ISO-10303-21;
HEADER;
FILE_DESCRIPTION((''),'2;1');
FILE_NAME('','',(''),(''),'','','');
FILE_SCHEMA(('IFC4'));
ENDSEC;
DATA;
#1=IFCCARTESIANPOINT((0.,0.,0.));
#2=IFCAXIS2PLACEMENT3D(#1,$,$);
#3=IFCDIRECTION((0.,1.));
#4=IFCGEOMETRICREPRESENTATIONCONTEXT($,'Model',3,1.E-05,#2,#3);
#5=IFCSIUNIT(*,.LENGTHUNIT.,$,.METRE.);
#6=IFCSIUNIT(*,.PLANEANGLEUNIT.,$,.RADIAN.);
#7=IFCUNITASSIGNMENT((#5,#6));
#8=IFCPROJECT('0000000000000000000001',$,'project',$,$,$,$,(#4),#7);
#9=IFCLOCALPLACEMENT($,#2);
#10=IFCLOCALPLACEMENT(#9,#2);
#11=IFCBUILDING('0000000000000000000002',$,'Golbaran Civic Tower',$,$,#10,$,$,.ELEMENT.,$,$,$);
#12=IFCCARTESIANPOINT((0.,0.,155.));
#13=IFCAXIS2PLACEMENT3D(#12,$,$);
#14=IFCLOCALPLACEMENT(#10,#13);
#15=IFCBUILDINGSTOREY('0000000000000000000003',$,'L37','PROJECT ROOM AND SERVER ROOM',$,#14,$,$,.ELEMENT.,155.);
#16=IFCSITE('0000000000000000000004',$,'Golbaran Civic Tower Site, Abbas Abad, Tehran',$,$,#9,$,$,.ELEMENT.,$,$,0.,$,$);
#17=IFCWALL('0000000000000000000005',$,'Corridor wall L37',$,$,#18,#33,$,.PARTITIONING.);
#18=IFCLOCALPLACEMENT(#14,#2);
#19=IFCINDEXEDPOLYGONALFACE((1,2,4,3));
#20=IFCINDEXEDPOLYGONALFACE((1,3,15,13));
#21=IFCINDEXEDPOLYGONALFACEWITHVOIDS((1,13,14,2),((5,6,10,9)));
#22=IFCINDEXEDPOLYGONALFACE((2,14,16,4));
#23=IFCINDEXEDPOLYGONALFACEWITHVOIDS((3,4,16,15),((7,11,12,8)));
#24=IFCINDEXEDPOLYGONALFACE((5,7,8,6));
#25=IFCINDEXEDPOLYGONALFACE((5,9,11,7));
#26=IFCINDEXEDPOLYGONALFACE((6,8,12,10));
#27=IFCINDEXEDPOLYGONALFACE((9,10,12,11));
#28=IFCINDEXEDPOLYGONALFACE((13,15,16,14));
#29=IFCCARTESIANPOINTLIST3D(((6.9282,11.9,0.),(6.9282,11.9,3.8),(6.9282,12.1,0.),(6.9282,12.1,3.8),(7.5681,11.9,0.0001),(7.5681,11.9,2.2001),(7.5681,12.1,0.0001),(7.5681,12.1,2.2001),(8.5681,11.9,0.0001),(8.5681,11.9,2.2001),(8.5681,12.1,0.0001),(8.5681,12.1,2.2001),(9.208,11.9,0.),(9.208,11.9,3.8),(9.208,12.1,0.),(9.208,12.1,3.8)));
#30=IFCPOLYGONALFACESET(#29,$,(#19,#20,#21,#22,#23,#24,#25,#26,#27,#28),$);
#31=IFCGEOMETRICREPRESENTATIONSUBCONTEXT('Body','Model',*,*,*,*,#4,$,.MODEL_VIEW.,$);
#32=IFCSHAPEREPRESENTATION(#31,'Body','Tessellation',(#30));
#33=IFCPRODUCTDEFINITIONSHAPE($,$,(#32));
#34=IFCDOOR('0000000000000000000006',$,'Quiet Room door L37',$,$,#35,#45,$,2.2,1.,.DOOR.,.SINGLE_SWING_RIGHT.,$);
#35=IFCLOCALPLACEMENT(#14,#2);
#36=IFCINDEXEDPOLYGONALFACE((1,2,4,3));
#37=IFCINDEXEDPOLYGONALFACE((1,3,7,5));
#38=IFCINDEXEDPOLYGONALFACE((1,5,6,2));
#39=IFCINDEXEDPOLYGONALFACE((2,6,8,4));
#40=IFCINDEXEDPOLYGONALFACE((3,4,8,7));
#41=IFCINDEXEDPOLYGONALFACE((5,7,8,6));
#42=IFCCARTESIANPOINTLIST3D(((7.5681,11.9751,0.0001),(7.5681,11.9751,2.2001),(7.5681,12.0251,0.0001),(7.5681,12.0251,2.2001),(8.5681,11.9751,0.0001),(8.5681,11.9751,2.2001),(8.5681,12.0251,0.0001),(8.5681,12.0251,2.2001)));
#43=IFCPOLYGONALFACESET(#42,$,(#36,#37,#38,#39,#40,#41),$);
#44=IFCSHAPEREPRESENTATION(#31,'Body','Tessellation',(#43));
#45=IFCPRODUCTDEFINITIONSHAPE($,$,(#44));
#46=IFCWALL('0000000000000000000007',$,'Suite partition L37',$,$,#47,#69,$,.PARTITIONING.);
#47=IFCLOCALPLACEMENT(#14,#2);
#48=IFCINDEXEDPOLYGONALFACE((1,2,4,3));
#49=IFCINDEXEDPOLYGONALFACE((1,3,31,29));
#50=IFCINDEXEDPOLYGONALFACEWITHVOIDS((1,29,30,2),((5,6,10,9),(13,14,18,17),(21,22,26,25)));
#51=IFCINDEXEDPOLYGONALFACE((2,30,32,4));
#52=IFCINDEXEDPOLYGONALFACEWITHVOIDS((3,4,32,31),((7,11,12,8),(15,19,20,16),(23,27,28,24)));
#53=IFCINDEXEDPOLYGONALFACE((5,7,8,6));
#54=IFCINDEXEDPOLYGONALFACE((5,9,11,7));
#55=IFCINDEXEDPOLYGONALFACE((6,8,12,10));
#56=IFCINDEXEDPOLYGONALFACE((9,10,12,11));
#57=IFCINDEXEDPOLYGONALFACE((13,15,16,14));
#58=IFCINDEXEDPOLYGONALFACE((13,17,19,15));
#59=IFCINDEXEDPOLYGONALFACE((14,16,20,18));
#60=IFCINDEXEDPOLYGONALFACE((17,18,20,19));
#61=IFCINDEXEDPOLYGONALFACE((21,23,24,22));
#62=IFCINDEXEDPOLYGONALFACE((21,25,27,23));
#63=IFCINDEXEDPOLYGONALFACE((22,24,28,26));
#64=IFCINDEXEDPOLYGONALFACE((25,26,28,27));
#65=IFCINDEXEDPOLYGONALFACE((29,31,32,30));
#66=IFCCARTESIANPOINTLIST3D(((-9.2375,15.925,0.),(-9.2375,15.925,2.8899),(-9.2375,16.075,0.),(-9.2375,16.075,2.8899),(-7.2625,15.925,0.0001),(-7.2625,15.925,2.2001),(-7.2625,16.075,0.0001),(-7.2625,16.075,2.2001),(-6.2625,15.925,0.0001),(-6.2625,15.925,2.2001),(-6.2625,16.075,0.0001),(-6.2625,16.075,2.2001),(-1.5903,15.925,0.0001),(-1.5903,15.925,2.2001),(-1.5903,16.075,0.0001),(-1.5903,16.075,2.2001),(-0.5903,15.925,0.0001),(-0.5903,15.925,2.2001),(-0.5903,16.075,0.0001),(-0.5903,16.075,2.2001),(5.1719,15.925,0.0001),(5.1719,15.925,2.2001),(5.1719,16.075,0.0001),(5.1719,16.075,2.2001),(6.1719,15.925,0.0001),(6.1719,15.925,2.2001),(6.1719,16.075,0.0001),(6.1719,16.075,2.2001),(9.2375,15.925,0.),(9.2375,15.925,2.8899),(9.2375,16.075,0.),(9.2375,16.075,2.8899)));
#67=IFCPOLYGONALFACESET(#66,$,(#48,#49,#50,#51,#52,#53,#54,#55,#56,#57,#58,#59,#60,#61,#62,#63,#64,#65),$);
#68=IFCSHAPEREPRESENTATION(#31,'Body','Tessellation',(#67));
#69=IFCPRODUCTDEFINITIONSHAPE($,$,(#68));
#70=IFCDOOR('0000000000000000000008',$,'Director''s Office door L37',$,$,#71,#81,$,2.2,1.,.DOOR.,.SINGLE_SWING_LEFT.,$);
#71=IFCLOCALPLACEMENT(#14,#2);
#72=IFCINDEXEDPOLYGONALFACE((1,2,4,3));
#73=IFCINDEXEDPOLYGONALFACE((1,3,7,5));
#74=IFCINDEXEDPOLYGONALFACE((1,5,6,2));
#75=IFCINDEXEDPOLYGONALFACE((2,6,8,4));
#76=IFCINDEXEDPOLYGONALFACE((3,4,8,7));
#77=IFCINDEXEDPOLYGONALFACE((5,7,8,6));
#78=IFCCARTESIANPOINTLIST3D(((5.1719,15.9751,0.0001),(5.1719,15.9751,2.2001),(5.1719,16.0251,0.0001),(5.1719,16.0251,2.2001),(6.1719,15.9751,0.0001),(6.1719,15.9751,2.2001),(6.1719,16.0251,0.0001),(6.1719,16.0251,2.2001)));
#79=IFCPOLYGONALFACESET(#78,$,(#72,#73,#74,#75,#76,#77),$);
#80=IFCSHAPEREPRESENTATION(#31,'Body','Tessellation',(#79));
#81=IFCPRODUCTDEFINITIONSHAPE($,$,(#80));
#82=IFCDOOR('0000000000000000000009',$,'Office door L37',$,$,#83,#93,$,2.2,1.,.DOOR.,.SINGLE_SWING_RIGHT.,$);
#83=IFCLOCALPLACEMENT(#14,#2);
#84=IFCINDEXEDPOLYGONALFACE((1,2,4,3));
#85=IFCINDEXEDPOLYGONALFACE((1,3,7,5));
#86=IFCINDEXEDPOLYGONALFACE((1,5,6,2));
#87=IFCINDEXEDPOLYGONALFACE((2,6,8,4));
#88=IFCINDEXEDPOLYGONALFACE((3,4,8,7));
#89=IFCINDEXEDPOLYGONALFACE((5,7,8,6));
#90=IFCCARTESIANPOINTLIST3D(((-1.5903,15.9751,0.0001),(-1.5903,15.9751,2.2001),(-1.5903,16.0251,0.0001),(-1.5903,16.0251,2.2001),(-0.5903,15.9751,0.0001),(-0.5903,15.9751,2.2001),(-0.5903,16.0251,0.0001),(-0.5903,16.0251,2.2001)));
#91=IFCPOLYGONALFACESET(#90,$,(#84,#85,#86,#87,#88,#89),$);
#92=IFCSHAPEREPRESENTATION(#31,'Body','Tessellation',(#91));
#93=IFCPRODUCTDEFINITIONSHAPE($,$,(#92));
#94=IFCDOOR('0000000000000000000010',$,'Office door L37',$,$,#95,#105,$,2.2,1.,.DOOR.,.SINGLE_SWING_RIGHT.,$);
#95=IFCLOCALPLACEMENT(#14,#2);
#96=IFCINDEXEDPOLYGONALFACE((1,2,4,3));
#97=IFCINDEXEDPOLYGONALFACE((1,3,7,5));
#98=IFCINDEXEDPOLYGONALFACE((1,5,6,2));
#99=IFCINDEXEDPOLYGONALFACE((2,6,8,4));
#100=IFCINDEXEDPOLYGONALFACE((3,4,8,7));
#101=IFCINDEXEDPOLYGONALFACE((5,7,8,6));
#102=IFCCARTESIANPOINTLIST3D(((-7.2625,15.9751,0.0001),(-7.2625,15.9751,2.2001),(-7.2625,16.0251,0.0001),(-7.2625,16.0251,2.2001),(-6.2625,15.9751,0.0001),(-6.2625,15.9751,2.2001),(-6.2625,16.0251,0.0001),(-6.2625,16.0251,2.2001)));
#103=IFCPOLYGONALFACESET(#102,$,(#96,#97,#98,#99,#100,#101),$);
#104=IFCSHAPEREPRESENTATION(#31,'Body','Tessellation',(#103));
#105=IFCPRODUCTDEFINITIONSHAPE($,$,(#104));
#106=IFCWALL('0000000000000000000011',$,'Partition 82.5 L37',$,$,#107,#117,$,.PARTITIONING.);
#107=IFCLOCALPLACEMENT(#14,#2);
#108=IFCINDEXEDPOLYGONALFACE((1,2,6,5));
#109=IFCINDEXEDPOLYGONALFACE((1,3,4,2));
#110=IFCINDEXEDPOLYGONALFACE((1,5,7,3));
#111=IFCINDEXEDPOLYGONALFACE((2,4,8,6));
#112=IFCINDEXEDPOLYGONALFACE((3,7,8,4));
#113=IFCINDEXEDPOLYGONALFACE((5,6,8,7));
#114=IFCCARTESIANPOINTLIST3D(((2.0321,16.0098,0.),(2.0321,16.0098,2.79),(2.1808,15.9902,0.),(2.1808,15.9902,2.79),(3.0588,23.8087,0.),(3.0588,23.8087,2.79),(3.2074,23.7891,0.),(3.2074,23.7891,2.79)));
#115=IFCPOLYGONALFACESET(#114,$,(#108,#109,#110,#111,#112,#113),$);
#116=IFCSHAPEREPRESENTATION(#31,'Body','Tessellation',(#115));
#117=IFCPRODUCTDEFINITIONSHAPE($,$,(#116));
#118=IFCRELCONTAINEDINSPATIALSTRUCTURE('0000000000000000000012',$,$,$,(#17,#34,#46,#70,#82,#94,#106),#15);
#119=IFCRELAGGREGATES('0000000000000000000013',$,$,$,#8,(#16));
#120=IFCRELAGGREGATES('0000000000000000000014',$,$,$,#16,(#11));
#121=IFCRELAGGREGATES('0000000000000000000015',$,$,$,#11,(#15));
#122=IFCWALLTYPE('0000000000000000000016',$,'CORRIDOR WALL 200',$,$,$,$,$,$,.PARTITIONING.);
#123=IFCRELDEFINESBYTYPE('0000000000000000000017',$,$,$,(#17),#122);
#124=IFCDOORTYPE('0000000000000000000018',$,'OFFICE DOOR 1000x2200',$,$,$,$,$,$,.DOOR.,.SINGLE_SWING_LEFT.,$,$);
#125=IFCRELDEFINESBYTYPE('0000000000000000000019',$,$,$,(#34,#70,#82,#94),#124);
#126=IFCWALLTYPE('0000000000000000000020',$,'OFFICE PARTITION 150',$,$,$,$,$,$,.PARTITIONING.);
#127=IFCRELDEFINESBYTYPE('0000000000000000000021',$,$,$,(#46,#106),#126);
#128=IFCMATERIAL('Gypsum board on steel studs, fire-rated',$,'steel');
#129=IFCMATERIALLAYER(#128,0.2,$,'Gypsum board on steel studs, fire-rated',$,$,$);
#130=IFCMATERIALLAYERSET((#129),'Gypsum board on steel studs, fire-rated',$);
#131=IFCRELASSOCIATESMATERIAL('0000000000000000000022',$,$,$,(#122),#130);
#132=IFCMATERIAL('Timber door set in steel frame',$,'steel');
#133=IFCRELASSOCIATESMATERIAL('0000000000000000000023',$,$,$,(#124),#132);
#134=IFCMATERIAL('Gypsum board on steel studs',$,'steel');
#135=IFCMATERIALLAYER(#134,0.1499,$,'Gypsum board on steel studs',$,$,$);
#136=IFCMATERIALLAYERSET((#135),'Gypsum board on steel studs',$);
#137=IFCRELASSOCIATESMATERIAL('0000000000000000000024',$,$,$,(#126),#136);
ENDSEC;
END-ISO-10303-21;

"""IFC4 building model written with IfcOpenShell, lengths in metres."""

from ifc_helpers import new_model, si_unit, direction, frame, frame_2d, origin, place, context, subcontext, project, spatial, rectangle, extrude, material, layer, layer_set, type_object, element, fill, save


model = new_model("IFC4")

# Units and contexts
model_context = context("Model", 3, precision=1e-05, world=origin(), true_north=direction((0.0, 1.0)))
body_context = subcontext(model_context, "Body", "Model", "MODEL_VIEW")
ifc_project = project(units=[si_unit("LENGTHUNIT", "METRE"), si_unit("PLANEANGLEUNIT", "RADIAN")], contexts=[model_context])

# Site, building, storey
site_placement = place(None, origin())
site = spatial("IfcSite", under=ifc_project, at=site_placement, Name="Golbaran Civic Tower Site, Abbas Abad, Tehran", CompositionType="ELEMENT", RefElevation=0.0)
building_placement = place(site_placement, origin())
building = spatial("IfcBuilding", under=site, at=building_placement, Name="Golbaran Civic Tower", CompositionType="ELEMENT")
storey_placement = place(building_placement, frame((0.0, 0.0, 155.0)))
storey = spatial("IfcBuildingStorey", under=building, at=storey_placement, Name="L37", Description="PROJECT ROOM AND SERVER ROOM", CompositionType="ELEMENT", Elevation=155.0)

# Shared definitions
ifc_material_1 = material(Name="Gypsum board on steel studs, fire-rated", Category="steel")
ifc_layer_1 = layer(ifc_material_1, 0.2, Name="Gypsum board on steel studs, fire-rated")
ifc_layer_set_1 = layer_set([ifc_layer_1], Name="Gypsum board on steel studs, fire-rated")
wall_type_1 = type_object("IfcWallType", Name="CORRIDOR WALL 200", PredefinedType="PARTITIONING", material=ifc_layer_set_1)

# Wall, opening, door
wall_1_placement = place(storey_placement, frame((9.208, 12.0, 0.0), z_axis=(0.0, 0.0, 1.0), x_axis=(-1.0, 0.0, 0.0)))
wall_1 = element("IfcWall", 1, at=wall_1_placement, inside=storey, type_object=wall_type_1, Name="Corridor wall L37", PredefinedType="PARTITIONING", context=body_context, shape_type="SweptSolid", body=[
    extrude(rectangle(XDim=2.2798, YDim=0.2, at=frame_2d((1.1399, 0.0))), origin(), (0.0, 0.0, 1.0), 3.8),
])
opening_1_placement = place(wall_1_placement, frame((0.6399, 0.0, 0.0)))
opening_1 = element("IfcOpeningElement", 2, at=opening_1_placement, cuts=wall_1, PredefinedType="OPENING", context=body_context, shape_type="SweptSolid", body=[
    extrude(rectangle(XDim=1.0, YDim=2.2, at=frame_2d((0.5, 1.1001))), frame((0.0, 0.1099, 0.0), z_axis=(0.0, -1.0, 0.0), x_axis=(1.0, 0.0, 0.0)), (0.0, 0.0, 1.0), 0.22),
])
ifc_material_2 = material(Name="Timber door set in steel frame", Category="steel")
door_type = type_object("IfcDoorType", Name="OFFICE DOOR 1000x2200", OperationType="SINGLE_SWING_LEFT", PredefinedType="DOOR", material=ifc_material_2)
door_1_placement = place(opening_1_placement, origin())
door_1 = element("IfcDoor", 3, at=door_1_placement, inside=storey, type_object=door_type, Name="Quiet Room door L37", OperationType="SINGLE_SWING_RIGHT", OverallHeight=2.2, OverallWidth=1.0, PredefinedType="DOOR", context=body_context, shape_type="SweptSolid", body=[
    extrude(rectangle(XDim=1.0, YDim=2.2, at=frame_2d((0.5, 1.1001))), frame((0.0, 0.0249, 0.0), z_axis=(0.0, -1.0, 0.0), x_axis=(1.0, 0.0, 0.0)), (0.0, 0.0, 1.0), 0.05),
])
fill(opening_1, door_1)

# Wall, openings, doors
ifc_material_3 = material(Name="Gypsum board on steel studs", Category="steel")
ifc_layer_2 = layer(ifc_material_3, 0.1499, Name="Gypsum board on steel studs")
ifc_layer_set_2 = layer_set([ifc_layer_2], Name="Gypsum board on steel studs")
wall_type_2 = type_object("IfcWallType", Name="OFFICE PARTITION 150", PredefinedType="PARTITIONING", material=ifc_layer_set_2)
wall_2_placement = place(storey_placement, frame((9.2375, 16.0, 0.0), z_axis=(0.0, 0.0, 1.0), x_axis=(-1.0, 0.0, 0.0)))
wall_2 = element("IfcWall", 4, at=wall_2_placement, inside=storey, type_object=wall_type_2, Name="Suite partition L37", PredefinedType="PARTITIONING", context=body_context, shape_type="SweptSolid", body=[
    extrude(rectangle(XDim=18.4751, YDim=0.1499, at=frame_2d((9.2375, 0.0))), origin(), (0.0, 0.0, 1.0), 2.8899),
])
opening_2_placement = place(wall_2_placement, frame((3.0657, 0.0, 0.0)))
opening_2 = element("IfcOpeningElement", 5, at=opening_2_placement, cuts=wall_2, PredefinedType="OPENING", context=body_context, shape_type="SweptSolid", body=[
    extrude(rectangle(XDim=1.0, YDim=2.2, at=frame_2d((0.5, 1.1001))), frame((0.0, 0.085, 0.0), z_axis=(0.0, -1.0, 0.0), x_axis=(1.0, 0.0, 0.0)), (0.0, 0.0, 1.0), 0.1699),
])
opening_3_placement = place(wall_2_placement, frame((9.8279, 0.0, 0.0)))
opening_3 = element("IfcOpeningElement", 6, at=opening_3_placement, cuts=wall_2, PredefinedType="OPENING", context=body_context, shape_type="SweptSolid", body=[
    extrude(rectangle(XDim=1.0, YDim=2.2, at=frame_2d((0.5, 1.1001))), frame((0.0, 0.085, 0.0), z_axis=(0.0, -1.0, 0.0), x_axis=(1.0, 0.0, 0.0)), (0.0, 0.0, 1.0), 0.1699),
])
opening_4_placement = place(wall_2_placement, frame((15.5, 0.0, 0.0)))
opening_4 = element("IfcOpeningElement", 7, at=opening_4_placement, cuts=wall_2, PredefinedType="OPENING", context=body_context, shape_type="SweptSolid", body=[
    extrude(rectangle(XDim=1.0, YDim=2.2, at=frame_2d((0.5, 1.1001))), frame((0.0, 0.085, 0.0), z_axis=(0.0, -1.0, 0.0), x_axis=(1.0, 0.0, 0.0)), (0.0, 0.0, 1.0), 0.1699),
])
door_2_placement = place(opening_2_placement, origin())
door_2 = element("IfcDoor", 8, at=door_2_placement, inside=storey, type_object=door_type, Name="Director's Office door L37", OperationType="SINGLE_SWING_LEFT", OverallHeight=2.2, OverallWidth=1.0, PredefinedType="DOOR", context=body_context, shape_type="SweptSolid", body=[
    extrude(rectangle(XDim=1.0, YDim=2.2, at=frame_2d((0.5, 1.1001))), frame((0.0, 0.0249, 0.0), z_axis=(0.0, -1.0, 0.0), x_axis=(1.0, 0.0, 0.0)), (0.0, 0.0, 1.0), 0.05),
])
fill(opening_2, door_2)
door_3_placement = place(opening_3_placement, origin())
door_3 = element("IfcDoor", 9, at=door_3_placement, inside=storey, type_object=door_type, Name="Office door L37", OperationType="SINGLE_SWING_RIGHT", OverallHeight=2.2, OverallWidth=1.0, PredefinedType="DOOR", context=body_context, shape_type="SweptSolid", body=[
    extrude(rectangle(XDim=1.0, YDim=2.2, at=frame_2d((0.5, 1.1001))), frame((0.0, 0.0249, 0.0), z_axis=(0.0, -1.0, 0.0), x_axis=(1.0, 0.0, 0.0)), (0.0, 0.0, 1.0), 0.05),
])
fill(opening_3, door_3)
door_4_placement = place(opening_4_placement, origin())
door_4 = element("IfcDoor", 10, at=door_4_placement, inside=storey, type_object=door_type, Name="Office door L37", OperationType="SINGLE_SWING_RIGHT", OverallHeight=2.2, OverallWidth=1.0, PredefinedType="DOOR", context=body_context, shape_type="SweptSolid", body=[
    extrude(rectangle(XDim=1.0, YDim=2.2, at=frame_2d((0.5, 1.1001))), frame((0.0, 0.0249, 0.0), z_axis=(0.0, -1.0, 0.0), x_axis=(1.0, 0.0, 0.0)), (0.0, 0.0, 1.0), 0.05),
])
fill(opening_4, door_4)

# Wall
wall_3_placement = place(storey_placement, frame((2.1064, 16.0, 0.0), z_axis=(0.0, 0.0, 1.0), x_axis=(0.130511, 0.991447, 0.0)))
element("IfcWall", 11, at=wall_3_placement, inside=storey, type_object=wall_type_2, Name="Partition 82.5 L37", PredefinedType="PARTITIONING", context=body_context, shape_type="SweptSolid", body=[
    extrude(rectangle(XDim=7.8662, YDim=0.1499, at=frame_2d((3.9331, 0.0))), origin(), (0.0, 0.0, 1.0), 2.79),
])

save(model, "model.ifc")
